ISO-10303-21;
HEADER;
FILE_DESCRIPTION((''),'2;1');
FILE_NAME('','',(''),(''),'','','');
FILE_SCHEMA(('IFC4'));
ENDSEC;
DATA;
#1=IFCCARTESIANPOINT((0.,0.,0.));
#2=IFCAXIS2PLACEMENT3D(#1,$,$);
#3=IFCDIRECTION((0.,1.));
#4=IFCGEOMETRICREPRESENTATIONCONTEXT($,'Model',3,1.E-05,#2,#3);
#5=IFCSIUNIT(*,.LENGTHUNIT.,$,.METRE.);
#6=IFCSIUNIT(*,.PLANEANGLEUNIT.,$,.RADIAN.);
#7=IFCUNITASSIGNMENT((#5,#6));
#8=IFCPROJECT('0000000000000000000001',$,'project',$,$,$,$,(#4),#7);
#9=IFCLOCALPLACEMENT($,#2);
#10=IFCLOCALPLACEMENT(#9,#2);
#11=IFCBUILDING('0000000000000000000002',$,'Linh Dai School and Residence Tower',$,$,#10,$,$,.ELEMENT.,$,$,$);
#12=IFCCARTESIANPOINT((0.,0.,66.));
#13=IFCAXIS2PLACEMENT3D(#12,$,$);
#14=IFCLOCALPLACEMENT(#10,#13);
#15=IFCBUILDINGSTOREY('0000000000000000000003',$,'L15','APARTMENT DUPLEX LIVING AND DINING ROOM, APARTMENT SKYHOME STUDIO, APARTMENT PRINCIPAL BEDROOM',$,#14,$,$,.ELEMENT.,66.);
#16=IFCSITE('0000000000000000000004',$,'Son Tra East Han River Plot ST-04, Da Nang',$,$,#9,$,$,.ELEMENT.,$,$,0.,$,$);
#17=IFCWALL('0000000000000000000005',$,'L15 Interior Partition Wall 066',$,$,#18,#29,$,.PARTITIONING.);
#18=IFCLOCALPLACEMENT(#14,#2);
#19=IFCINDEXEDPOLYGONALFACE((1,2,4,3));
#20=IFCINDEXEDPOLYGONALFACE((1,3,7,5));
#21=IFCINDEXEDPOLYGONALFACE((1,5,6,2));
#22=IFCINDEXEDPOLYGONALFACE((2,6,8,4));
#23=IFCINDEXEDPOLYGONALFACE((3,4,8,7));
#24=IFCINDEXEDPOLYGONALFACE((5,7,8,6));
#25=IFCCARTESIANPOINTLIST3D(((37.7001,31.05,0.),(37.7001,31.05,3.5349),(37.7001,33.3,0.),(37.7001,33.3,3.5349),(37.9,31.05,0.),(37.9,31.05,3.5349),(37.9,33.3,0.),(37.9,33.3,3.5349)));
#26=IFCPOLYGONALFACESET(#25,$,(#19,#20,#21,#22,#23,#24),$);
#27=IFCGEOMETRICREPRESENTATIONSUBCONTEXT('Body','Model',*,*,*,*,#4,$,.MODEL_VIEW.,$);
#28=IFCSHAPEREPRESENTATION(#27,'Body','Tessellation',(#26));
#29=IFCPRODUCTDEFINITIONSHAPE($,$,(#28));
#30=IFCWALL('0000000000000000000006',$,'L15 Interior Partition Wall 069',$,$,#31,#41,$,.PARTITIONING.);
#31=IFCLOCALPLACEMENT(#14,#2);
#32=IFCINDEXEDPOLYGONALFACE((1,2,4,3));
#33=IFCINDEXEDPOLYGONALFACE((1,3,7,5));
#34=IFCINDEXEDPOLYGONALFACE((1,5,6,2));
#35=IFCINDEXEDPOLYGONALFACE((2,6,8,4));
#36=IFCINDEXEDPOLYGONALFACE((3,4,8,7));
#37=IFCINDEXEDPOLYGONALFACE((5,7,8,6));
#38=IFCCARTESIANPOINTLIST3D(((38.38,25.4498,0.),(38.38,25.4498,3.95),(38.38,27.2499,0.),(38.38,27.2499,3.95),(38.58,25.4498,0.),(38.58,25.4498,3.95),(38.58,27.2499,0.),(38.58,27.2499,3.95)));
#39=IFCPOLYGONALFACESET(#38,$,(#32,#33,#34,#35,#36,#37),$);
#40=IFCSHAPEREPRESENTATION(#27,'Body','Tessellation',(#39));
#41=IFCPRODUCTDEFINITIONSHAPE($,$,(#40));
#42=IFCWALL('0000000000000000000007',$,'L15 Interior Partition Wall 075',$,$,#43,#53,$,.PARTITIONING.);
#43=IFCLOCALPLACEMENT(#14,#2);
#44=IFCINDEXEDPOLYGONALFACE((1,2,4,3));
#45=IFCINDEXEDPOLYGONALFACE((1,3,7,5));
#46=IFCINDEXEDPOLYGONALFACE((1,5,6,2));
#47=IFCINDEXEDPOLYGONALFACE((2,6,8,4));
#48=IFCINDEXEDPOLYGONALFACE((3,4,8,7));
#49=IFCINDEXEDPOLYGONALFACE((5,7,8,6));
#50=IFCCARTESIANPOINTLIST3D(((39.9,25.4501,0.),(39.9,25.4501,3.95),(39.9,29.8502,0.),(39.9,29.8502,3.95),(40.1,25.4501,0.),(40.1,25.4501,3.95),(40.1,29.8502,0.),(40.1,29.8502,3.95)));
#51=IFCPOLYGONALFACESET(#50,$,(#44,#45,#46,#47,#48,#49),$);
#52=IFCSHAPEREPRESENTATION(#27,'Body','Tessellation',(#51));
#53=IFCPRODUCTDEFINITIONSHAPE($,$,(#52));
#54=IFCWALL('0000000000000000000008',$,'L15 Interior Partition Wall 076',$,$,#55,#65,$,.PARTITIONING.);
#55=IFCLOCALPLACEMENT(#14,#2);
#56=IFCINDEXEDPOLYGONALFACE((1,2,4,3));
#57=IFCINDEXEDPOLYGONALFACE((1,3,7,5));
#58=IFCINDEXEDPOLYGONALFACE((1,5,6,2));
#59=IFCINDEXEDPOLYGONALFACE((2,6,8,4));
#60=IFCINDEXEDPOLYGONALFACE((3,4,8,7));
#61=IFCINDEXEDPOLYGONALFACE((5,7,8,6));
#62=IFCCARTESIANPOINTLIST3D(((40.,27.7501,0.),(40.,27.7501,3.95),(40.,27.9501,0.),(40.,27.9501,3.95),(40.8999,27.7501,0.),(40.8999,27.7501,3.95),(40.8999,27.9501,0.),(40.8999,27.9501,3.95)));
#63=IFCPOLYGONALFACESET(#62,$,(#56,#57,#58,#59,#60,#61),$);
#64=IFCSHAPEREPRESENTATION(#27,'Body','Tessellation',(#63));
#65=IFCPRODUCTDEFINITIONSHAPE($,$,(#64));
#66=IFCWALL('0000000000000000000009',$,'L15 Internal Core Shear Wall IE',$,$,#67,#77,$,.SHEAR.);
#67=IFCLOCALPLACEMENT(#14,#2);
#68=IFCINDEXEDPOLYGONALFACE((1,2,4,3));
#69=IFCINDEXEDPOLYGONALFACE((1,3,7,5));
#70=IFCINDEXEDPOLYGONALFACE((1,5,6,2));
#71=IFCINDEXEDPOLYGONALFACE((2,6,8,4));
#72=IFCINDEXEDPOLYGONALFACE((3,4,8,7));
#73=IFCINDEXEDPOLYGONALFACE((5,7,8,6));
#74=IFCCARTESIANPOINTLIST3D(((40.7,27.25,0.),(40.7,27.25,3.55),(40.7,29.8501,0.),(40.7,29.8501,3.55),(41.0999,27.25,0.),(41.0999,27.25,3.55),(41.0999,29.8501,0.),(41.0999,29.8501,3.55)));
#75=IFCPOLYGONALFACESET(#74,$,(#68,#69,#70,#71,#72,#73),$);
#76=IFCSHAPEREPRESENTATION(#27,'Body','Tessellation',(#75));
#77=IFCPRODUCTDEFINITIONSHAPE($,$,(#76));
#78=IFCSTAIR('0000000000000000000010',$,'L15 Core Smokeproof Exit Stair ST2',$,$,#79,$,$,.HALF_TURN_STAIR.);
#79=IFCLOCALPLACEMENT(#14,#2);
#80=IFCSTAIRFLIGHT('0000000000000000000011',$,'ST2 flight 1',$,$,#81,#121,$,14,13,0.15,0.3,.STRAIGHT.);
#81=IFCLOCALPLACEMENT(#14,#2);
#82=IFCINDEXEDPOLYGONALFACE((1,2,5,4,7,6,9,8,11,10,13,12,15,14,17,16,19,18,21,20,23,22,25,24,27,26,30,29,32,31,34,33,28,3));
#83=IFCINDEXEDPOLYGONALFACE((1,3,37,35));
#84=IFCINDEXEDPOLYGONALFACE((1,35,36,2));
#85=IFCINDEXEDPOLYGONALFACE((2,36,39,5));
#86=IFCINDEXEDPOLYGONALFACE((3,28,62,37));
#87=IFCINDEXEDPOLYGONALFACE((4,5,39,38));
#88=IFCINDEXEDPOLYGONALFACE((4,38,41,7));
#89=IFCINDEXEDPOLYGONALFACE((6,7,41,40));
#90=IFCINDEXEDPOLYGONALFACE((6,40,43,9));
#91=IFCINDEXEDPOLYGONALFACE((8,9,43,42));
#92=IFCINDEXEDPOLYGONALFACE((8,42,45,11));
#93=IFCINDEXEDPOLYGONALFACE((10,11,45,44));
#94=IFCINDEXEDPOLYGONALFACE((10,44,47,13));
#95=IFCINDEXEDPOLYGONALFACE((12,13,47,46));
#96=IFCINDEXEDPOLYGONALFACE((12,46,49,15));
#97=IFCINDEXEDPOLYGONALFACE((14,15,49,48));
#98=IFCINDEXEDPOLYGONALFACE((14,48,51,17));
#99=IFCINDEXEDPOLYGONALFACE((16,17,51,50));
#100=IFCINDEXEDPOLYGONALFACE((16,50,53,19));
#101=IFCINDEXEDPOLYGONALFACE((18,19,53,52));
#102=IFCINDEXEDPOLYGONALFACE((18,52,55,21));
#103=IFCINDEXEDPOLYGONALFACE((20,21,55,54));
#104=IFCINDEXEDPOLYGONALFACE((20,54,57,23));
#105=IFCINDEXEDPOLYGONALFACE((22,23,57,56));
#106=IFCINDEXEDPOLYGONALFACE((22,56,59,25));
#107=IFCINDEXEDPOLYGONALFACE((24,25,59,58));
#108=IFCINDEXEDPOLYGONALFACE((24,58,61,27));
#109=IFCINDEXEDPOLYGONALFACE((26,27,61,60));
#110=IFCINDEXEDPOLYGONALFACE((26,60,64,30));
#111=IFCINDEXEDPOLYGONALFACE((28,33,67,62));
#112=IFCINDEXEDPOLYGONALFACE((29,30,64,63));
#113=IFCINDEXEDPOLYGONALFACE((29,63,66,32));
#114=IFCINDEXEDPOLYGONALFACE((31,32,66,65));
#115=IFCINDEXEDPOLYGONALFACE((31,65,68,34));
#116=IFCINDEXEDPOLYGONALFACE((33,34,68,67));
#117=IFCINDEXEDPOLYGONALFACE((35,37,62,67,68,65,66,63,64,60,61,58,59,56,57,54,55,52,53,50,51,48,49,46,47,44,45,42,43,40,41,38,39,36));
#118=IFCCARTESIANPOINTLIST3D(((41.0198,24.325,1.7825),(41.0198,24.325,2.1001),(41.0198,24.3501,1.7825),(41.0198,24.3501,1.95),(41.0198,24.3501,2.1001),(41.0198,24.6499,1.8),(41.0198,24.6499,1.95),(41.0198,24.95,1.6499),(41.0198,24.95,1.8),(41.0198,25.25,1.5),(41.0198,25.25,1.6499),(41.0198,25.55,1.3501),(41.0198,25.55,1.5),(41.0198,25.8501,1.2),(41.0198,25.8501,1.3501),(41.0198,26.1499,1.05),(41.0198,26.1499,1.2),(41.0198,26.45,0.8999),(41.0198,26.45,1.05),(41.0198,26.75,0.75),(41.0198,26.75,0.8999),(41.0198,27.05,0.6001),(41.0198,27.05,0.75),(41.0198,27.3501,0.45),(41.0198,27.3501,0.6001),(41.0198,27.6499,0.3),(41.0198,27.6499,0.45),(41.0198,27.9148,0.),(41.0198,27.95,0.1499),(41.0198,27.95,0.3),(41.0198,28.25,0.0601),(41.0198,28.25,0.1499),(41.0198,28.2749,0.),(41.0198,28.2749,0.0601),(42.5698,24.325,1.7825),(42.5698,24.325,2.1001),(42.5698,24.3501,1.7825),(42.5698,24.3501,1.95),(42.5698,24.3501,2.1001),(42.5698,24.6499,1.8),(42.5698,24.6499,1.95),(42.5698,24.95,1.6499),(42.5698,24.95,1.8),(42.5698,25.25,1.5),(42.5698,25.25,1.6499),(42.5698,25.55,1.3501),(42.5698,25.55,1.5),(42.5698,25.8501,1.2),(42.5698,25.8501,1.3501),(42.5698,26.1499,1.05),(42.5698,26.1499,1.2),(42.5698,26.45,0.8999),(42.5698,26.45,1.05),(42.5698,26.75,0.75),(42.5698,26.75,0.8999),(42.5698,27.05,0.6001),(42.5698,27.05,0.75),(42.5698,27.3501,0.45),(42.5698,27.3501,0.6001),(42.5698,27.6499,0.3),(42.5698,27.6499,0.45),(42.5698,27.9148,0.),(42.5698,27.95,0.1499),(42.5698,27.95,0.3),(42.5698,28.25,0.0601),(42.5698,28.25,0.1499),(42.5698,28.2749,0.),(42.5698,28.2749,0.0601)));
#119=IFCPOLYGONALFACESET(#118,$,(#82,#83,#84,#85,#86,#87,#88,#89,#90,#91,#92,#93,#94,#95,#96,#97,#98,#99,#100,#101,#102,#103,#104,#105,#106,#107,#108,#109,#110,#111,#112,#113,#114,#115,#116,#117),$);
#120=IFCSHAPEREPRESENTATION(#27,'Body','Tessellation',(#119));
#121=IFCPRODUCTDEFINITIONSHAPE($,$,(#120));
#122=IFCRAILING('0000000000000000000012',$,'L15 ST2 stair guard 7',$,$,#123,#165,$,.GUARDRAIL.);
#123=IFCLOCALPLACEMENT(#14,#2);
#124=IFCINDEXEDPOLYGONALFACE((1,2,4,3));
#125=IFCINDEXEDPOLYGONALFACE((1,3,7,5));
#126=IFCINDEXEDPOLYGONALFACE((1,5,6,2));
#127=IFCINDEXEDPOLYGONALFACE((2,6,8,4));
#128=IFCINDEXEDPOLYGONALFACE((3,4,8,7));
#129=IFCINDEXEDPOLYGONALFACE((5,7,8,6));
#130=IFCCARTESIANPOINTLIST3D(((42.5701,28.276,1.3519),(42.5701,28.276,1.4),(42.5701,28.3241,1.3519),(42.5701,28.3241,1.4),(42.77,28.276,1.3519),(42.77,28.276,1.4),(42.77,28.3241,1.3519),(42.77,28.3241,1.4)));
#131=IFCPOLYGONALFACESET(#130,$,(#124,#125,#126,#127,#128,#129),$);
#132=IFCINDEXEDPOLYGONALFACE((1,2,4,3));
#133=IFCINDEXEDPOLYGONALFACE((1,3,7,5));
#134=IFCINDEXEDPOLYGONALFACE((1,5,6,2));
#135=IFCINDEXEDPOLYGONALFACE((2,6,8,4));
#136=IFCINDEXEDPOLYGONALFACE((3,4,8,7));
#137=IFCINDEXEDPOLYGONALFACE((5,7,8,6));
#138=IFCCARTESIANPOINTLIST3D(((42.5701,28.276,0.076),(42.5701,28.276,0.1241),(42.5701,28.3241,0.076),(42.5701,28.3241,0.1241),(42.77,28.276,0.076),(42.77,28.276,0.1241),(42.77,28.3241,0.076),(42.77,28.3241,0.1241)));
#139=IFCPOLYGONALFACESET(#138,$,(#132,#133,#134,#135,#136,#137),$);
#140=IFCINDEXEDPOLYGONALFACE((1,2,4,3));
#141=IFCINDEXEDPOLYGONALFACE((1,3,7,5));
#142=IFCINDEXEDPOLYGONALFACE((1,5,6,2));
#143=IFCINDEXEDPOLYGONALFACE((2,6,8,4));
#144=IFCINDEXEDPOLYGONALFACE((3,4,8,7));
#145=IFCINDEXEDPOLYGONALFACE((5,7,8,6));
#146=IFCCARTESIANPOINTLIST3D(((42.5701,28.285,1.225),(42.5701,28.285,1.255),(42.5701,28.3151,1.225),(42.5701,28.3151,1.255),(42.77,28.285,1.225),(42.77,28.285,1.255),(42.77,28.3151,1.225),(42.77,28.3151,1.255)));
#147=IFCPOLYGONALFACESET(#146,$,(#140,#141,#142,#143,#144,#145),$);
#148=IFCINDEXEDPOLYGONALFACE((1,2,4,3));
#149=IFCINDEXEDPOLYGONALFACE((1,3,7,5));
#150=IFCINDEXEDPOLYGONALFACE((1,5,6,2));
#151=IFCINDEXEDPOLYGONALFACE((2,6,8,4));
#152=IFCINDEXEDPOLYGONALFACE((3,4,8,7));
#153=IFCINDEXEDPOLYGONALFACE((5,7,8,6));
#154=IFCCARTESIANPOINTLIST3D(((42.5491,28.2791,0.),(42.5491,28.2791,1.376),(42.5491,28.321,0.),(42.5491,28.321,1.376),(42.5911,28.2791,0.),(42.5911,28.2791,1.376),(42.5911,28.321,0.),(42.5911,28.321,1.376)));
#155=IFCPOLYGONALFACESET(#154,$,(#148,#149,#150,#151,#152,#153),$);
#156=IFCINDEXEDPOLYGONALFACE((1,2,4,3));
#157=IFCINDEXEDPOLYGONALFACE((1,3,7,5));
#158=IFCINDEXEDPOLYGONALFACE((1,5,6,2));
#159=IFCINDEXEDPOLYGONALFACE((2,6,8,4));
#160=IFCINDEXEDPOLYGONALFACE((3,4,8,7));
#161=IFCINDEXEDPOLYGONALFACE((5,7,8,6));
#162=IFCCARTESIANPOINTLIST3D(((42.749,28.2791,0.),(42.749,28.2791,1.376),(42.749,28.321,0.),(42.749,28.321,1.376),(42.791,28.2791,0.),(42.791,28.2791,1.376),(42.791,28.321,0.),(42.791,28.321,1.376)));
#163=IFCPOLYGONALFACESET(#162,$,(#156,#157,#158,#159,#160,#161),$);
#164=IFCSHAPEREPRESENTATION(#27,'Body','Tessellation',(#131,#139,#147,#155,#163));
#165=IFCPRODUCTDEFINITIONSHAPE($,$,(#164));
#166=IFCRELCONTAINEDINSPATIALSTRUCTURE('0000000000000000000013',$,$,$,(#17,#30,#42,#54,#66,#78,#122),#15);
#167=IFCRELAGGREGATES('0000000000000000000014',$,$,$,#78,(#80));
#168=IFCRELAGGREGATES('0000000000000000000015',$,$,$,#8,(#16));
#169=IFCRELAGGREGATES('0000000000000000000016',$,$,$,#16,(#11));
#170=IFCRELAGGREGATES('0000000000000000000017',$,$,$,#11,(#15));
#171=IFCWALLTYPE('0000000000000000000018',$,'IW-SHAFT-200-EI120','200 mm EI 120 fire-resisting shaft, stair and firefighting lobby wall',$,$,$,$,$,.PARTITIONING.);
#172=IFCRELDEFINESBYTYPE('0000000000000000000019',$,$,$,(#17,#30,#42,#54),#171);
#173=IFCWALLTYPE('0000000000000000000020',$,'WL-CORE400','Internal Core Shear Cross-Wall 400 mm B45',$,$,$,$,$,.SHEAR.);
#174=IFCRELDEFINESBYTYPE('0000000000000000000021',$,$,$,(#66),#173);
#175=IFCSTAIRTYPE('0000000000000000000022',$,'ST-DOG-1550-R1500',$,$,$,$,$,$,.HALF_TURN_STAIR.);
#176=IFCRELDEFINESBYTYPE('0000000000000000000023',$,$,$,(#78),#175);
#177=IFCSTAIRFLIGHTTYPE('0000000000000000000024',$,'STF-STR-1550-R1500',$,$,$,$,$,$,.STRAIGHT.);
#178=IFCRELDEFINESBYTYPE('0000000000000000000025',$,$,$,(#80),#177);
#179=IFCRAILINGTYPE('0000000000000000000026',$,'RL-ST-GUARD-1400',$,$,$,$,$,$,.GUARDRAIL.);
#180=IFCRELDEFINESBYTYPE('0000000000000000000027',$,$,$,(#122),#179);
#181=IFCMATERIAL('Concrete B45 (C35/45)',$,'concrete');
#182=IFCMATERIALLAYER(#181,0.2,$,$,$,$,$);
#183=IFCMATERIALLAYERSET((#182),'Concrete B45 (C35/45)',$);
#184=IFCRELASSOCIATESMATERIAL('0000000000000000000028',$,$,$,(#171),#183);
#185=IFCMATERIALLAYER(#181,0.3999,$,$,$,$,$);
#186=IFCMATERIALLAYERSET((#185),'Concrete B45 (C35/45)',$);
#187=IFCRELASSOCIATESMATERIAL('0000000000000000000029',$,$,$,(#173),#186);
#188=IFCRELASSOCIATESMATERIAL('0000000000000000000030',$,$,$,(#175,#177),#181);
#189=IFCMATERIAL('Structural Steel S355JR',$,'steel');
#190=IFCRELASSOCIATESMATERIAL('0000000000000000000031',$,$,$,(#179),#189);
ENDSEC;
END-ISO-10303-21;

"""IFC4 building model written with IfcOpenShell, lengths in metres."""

from ifc_helpers import new_model, si_unit, direction, frame, frame_2d, origin, origin_2d, place, context, subcontext, project, spatial, polyline, rectangle, outline, extrude, source, transform, mapped, material, layer, layer_set, type_object, element, aggregate, save


model = new_model("IFC4")

# Units and contexts
model_context = context("Model", 3, precision=1e-05, world=origin(), true_north=direction((0.0, 1.0)))
body_context = subcontext(model_context, "Body", "Model", "MODEL_VIEW")
ifc_project = project(units=[si_unit("LENGTHUNIT", "METRE"), si_unit("PLANEANGLEUNIT", "RADIAN")], contexts=[model_context])

# Site, building, storey
site_placement = place(None, origin())
site = spatial("IfcSite", under=ifc_project, at=site_placement, Name="Son Tra East Han River Plot ST-04, Da Nang", CompositionType="ELEMENT", RefElevation=0.0)
building_placement = place(site_placement, origin())
building = spatial("IfcBuilding", under=site, at=building_placement, Name="Linh Dai School and Residence Tower", CompositionType="ELEMENT")
storey_placement = place(building_placement, frame((0.0, 0.0, 66.0)))
storey = spatial("IfcBuildingStorey", under=building, at=storey_placement, Name="L15", Description="APARTMENT DUPLEX LIVING AND DINING ROOM, APARTMENT SKYHOME STUDIO, APARTMENT PRINCIPAL BEDROOM", CompositionType="ELEMENT", Elevation=66.0)

# Shared definitions
ifc_material_1 = material(Name="Structural Steel S355JR", Category="steel")

# Shared definitions
ifc_material_2 = material(Name="Concrete B45 (C35/45)", Category="concrete")
ifc_layer_1 = layer(ifc_material_2, 0.2)
ifc_layer_set_1 = layer_set([ifc_layer_1], Name="Concrete B45 (C35/45)")
wall_type_1 = type_object("IfcWallType", Name="IW-SHAFT-200-EI120", Description="200 mm EI 120 fire-resisting shaft, stair and firefighting lobby wall", PredefinedType="PARTITIONING", material=ifc_layer_set_1)

# Walls
wall_1_placement = place(storey_placement, frame((37.8, 31.05, 0.0), z_axis=(0.0, 0.0, 1.0), x_axis=(0.0, 1.0, 0.0)))
element("IfcWall", 1, at=wall_1_placement, inside=storey, type_object=wall_type_1, Name="L15 Interior Partition Wall 066", PredefinedType="PARTITIONING", context=body_context, shape_type="SweptSolid", body=[
    extrude(rectangle(XDim=2.25, YDim=0.2, at=frame_2d((1.125, 0.0))), origin(), (0.0, 0.0, 1.0), 3.5349),
])
wall_2_placement = place(storey_placement, frame((38.48, 25.45, 0.0), z_axis=(0.0, 0.0, 1.0), x_axis=(0.0, 1.0, 0.0)))
element("IfcWall", 2, at=wall_2_placement, inside=storey, type_object=wall_type_1, Name="L15 Interior Partition Wall 069", PredefinedType="PARTITIONING", context=body_context, shape_type="SweptSolid", body=[
    extrude(rectangle(XDim=1.8, YDim=0.2, at=frame_2d((0.8999, 0.0))), origin(), (0.0, 0.0, 1.0), 3.95),
])
wall_3_placement = place(storey_placement, frame((40.0, 25.45, 0.0), z_axis=(0.0, 0.0, 1.0), x_axis=(0.0, 1.0, 0.0)))
element("IfcWall", 3, at=wall_3_placement, inside=storey, type_object=wall_type_1, Name="L15 Interior Partition Wall 075", PredefinedType="PARTITIONING", context=body_context, shape_type="SweptSolid", body=[
    extrude(rectangle(XDim=4.4001, YDim=0.2, at=frame_2d((2.2002, 0.0))), origin(), (0.0, 0.0, 1.0), 3.95),
])
wall_4_placement = place(storey_placement, frame((40.0, 27.8501, 0.0), z_axis=(0.0, 0.0, 1.0), x_axis=(1.0, 0.0, 0.0)))
element("IfcWall", 4, at=wall_4_placement, inside=storey, type_object=wall_type_1, Name="L15 Interior Partition Wall 076", PredefinedType="PARTITIONING", context=body_context, shape_type="SweptSolid", body=[
    extrude(rectangle(XDim=0.8999, YDim=0.2, at=frame_2d((0.45, 0.0))), origin(), (0.0, 0.0, 1.0), 3.95),
])
ifc_layer_2 = layer(ifc_material_2, 0.3999)
ifc_layer_set_2 = layer_set([ifc_layer_2], Name="Concrete B45 (C35/45)")
wall_type_2 = type_object("IfcWallType", Name="WL-CORE400", Description="Internal Core Shear Cross-Wall 400 mm B45", PredefinedType="SHEAR", material=ifc_layer_set_2)
wall_5_placement = place(storey_placement, frame((40.8999, 27.25, 0.0), z_axis=(0.0, 0.0, 1.0), x_axis=(0.0, 1.0, 0.0)))
element("IfcWall", 5, at=wall_5_placement, inside=storey, type_object=wall_type_2, Name="L15 Internal Core Shear Wall IE", PredefinedType="SHEAR", context=body_context, shape_type="SweptSolid", body=[
    extrude(rectangle(XDim=2.6001, YDim=0.3999, at=frame_2d((1.3, 0.0))), origin(), (0.0, 0.0, 1.0), 3.55),
])

# Stair, stair flight
stair_type = type_object("IfcStairType", Name="ST-DOG-1550-R1500", PredefinedType="HALF_TURN_STAIR", material=ifc_material_2)
stair_placement = place(storey_placement, origin())
stair = element("IfcStair", 6, at=stair_placement, inside=storey, type_object=stair_type, Name="L15 Core Smokeproof Exit Stair ST2", PredefinedType="HALF_TURN_STAIR")
stair_flight_type = type_object("IfcStairFlightType", Name="STF-STR-1550-R1500", PredefinedType="STRAIGHT", material=ifc_material_2)
shared_shape_1 = source(origin(), body_context, "Body", "SweptSolid", [
    extrude(outline(polyline([(-0.0249, 0.0), (-0.0249, 0.0601), (0.0, 0.0601), (0.0, 0.1499), (0.3, 0.1499), (0.3, 0.3), (0.6001, 0.3), (0.6001, 0.45), (0.8999, 0.45), (0.8999, 0.6001), (1.2, 0.6001), (1.2, 0.75), (1.5, 0.75), (1.5, 0.8999), (1.8, 0.8999), (1.8, 1.05), (2.1001, 1.05), (2.1001, 1.2), (2.3999, 1.2), (2.3999, 1.3501), (2.7, 1.3501), (2.7, 1.5), (3.0, 1.5), (3.0, 1.6499), (3.3, 1.6499), (3.3, 1.8), (3.6001, 1.8), (3.6001, 1.95), (3.8999, 1.95), (3.8999, 2.1001), (3.925, 2.1001), (3.925, 1.7825), (3.8999, 1.7825), (0.3352, 0.0), (-0.0249, 0.0)])), frame((0.0, 0.7749, 0.0), z_axis=(0.0, -1.0, 0.0), x_axis=(1.0, 0.0, 0.0)), (0.0, 0.0, 1.0), 1.55),
])
stair_flight_placement = place(storey_placement, frame((41.7949, 28.25, 0.0), z_axis=(0.0, 0.0, 1.0), x_axis=(0.0, -1.0, 0.0)))
stair_flight = element("IfcStairFlight", 7, at=stair_flight_placement, type_object=stair_flight_type, Name="ST2 flight 1", NumberOfRisers=14, NumberOfTreads=13, PredefinedType="STRAIGHT", RiserHeight=0.15, TreadLength=0.3, context=body_context, shape_type="MappedRepresentation", body=[
    mapped(shared_shape_1, transform((0.0, 0.0, 0.0), x_axis=(1.0, 0.0, 0.0), y_axis=(0.0, 1.0, 0.0), z_axis=(0.0, 0.0, 1.0), scale=1.0)),
])
aggregate(stair, [stair_flight])

# Railing
railing_type_1 = type_object("IfcRailingType", Name="RL-ST-GUARD-1400", PredefinedType="GUARDRAIL", material=ifc_material_1)
shared_shape_2 = source(origin(), body_context, "Body", "SweptSolid", [
    extrude(rectangle(XDim=0.0481, YDim=0.0481, at=origin_2d()), frame((0.0, 0.0, 1.376), z_axis=(1.0, 0.0, 0.0), x_axis=(0.0, 1.0, 0.0)), (0.0, 0.0, 1.0), 0.2),
    extrude(rectangle(XDim=0.0481, YDim=0.0481, at=origin_2d()), frame((0.0, 0.0, 0.1001), z_axis=(1.0, 0.0, 0.0), x_axis=(0.0, 1.0, 0.0)), (0.0, 0.0, 1.0), 0.2),
    extrude(rectangle(XDim=0.03, YDim=0.03, at=origin_2d()), frame((0.0, 0.0, 1.24), z_axis=(1.0, 0.0, 0.0), x_axis=(0.0, 1.0, 0.0)), (0.0, 0.0, 1.0), 0.2),
    extrude(rectangle(XDim=0.042, YDim=0.042, at=origin_2d()), origin(), (0.0, 0.0, 1.0), 1.376),
    extrude(rectangle(XDim=0.042, YDim=0.042, at=origin_2d()), frame((0.2, 0.0, 0.0)), (0.0, 0.0, 1.0), 1.376),
])
railing_1_placement = place(storey_placement, frame((42.5701, 28.3, 0.0)))
element("IfcRailing", 8, at=railing_1_placement, inside=storey, type_object=railing_type_1, Name="L15 ST2 stair guard 7", PredefinedType="GUARDRAIL", context=body_context, shape_type="MappedRepresentation", body=[
    mapped(shared_shape_2, transform((0.0, 0.0, 0.0), x_axis=(1.0, 0.0, 0.0), y_axis=(0.0, 1.0, 0.0), z_axis=(0.0, 0.0, 1.0), scale=1.0)),
])

save(model, "model.ifc")
